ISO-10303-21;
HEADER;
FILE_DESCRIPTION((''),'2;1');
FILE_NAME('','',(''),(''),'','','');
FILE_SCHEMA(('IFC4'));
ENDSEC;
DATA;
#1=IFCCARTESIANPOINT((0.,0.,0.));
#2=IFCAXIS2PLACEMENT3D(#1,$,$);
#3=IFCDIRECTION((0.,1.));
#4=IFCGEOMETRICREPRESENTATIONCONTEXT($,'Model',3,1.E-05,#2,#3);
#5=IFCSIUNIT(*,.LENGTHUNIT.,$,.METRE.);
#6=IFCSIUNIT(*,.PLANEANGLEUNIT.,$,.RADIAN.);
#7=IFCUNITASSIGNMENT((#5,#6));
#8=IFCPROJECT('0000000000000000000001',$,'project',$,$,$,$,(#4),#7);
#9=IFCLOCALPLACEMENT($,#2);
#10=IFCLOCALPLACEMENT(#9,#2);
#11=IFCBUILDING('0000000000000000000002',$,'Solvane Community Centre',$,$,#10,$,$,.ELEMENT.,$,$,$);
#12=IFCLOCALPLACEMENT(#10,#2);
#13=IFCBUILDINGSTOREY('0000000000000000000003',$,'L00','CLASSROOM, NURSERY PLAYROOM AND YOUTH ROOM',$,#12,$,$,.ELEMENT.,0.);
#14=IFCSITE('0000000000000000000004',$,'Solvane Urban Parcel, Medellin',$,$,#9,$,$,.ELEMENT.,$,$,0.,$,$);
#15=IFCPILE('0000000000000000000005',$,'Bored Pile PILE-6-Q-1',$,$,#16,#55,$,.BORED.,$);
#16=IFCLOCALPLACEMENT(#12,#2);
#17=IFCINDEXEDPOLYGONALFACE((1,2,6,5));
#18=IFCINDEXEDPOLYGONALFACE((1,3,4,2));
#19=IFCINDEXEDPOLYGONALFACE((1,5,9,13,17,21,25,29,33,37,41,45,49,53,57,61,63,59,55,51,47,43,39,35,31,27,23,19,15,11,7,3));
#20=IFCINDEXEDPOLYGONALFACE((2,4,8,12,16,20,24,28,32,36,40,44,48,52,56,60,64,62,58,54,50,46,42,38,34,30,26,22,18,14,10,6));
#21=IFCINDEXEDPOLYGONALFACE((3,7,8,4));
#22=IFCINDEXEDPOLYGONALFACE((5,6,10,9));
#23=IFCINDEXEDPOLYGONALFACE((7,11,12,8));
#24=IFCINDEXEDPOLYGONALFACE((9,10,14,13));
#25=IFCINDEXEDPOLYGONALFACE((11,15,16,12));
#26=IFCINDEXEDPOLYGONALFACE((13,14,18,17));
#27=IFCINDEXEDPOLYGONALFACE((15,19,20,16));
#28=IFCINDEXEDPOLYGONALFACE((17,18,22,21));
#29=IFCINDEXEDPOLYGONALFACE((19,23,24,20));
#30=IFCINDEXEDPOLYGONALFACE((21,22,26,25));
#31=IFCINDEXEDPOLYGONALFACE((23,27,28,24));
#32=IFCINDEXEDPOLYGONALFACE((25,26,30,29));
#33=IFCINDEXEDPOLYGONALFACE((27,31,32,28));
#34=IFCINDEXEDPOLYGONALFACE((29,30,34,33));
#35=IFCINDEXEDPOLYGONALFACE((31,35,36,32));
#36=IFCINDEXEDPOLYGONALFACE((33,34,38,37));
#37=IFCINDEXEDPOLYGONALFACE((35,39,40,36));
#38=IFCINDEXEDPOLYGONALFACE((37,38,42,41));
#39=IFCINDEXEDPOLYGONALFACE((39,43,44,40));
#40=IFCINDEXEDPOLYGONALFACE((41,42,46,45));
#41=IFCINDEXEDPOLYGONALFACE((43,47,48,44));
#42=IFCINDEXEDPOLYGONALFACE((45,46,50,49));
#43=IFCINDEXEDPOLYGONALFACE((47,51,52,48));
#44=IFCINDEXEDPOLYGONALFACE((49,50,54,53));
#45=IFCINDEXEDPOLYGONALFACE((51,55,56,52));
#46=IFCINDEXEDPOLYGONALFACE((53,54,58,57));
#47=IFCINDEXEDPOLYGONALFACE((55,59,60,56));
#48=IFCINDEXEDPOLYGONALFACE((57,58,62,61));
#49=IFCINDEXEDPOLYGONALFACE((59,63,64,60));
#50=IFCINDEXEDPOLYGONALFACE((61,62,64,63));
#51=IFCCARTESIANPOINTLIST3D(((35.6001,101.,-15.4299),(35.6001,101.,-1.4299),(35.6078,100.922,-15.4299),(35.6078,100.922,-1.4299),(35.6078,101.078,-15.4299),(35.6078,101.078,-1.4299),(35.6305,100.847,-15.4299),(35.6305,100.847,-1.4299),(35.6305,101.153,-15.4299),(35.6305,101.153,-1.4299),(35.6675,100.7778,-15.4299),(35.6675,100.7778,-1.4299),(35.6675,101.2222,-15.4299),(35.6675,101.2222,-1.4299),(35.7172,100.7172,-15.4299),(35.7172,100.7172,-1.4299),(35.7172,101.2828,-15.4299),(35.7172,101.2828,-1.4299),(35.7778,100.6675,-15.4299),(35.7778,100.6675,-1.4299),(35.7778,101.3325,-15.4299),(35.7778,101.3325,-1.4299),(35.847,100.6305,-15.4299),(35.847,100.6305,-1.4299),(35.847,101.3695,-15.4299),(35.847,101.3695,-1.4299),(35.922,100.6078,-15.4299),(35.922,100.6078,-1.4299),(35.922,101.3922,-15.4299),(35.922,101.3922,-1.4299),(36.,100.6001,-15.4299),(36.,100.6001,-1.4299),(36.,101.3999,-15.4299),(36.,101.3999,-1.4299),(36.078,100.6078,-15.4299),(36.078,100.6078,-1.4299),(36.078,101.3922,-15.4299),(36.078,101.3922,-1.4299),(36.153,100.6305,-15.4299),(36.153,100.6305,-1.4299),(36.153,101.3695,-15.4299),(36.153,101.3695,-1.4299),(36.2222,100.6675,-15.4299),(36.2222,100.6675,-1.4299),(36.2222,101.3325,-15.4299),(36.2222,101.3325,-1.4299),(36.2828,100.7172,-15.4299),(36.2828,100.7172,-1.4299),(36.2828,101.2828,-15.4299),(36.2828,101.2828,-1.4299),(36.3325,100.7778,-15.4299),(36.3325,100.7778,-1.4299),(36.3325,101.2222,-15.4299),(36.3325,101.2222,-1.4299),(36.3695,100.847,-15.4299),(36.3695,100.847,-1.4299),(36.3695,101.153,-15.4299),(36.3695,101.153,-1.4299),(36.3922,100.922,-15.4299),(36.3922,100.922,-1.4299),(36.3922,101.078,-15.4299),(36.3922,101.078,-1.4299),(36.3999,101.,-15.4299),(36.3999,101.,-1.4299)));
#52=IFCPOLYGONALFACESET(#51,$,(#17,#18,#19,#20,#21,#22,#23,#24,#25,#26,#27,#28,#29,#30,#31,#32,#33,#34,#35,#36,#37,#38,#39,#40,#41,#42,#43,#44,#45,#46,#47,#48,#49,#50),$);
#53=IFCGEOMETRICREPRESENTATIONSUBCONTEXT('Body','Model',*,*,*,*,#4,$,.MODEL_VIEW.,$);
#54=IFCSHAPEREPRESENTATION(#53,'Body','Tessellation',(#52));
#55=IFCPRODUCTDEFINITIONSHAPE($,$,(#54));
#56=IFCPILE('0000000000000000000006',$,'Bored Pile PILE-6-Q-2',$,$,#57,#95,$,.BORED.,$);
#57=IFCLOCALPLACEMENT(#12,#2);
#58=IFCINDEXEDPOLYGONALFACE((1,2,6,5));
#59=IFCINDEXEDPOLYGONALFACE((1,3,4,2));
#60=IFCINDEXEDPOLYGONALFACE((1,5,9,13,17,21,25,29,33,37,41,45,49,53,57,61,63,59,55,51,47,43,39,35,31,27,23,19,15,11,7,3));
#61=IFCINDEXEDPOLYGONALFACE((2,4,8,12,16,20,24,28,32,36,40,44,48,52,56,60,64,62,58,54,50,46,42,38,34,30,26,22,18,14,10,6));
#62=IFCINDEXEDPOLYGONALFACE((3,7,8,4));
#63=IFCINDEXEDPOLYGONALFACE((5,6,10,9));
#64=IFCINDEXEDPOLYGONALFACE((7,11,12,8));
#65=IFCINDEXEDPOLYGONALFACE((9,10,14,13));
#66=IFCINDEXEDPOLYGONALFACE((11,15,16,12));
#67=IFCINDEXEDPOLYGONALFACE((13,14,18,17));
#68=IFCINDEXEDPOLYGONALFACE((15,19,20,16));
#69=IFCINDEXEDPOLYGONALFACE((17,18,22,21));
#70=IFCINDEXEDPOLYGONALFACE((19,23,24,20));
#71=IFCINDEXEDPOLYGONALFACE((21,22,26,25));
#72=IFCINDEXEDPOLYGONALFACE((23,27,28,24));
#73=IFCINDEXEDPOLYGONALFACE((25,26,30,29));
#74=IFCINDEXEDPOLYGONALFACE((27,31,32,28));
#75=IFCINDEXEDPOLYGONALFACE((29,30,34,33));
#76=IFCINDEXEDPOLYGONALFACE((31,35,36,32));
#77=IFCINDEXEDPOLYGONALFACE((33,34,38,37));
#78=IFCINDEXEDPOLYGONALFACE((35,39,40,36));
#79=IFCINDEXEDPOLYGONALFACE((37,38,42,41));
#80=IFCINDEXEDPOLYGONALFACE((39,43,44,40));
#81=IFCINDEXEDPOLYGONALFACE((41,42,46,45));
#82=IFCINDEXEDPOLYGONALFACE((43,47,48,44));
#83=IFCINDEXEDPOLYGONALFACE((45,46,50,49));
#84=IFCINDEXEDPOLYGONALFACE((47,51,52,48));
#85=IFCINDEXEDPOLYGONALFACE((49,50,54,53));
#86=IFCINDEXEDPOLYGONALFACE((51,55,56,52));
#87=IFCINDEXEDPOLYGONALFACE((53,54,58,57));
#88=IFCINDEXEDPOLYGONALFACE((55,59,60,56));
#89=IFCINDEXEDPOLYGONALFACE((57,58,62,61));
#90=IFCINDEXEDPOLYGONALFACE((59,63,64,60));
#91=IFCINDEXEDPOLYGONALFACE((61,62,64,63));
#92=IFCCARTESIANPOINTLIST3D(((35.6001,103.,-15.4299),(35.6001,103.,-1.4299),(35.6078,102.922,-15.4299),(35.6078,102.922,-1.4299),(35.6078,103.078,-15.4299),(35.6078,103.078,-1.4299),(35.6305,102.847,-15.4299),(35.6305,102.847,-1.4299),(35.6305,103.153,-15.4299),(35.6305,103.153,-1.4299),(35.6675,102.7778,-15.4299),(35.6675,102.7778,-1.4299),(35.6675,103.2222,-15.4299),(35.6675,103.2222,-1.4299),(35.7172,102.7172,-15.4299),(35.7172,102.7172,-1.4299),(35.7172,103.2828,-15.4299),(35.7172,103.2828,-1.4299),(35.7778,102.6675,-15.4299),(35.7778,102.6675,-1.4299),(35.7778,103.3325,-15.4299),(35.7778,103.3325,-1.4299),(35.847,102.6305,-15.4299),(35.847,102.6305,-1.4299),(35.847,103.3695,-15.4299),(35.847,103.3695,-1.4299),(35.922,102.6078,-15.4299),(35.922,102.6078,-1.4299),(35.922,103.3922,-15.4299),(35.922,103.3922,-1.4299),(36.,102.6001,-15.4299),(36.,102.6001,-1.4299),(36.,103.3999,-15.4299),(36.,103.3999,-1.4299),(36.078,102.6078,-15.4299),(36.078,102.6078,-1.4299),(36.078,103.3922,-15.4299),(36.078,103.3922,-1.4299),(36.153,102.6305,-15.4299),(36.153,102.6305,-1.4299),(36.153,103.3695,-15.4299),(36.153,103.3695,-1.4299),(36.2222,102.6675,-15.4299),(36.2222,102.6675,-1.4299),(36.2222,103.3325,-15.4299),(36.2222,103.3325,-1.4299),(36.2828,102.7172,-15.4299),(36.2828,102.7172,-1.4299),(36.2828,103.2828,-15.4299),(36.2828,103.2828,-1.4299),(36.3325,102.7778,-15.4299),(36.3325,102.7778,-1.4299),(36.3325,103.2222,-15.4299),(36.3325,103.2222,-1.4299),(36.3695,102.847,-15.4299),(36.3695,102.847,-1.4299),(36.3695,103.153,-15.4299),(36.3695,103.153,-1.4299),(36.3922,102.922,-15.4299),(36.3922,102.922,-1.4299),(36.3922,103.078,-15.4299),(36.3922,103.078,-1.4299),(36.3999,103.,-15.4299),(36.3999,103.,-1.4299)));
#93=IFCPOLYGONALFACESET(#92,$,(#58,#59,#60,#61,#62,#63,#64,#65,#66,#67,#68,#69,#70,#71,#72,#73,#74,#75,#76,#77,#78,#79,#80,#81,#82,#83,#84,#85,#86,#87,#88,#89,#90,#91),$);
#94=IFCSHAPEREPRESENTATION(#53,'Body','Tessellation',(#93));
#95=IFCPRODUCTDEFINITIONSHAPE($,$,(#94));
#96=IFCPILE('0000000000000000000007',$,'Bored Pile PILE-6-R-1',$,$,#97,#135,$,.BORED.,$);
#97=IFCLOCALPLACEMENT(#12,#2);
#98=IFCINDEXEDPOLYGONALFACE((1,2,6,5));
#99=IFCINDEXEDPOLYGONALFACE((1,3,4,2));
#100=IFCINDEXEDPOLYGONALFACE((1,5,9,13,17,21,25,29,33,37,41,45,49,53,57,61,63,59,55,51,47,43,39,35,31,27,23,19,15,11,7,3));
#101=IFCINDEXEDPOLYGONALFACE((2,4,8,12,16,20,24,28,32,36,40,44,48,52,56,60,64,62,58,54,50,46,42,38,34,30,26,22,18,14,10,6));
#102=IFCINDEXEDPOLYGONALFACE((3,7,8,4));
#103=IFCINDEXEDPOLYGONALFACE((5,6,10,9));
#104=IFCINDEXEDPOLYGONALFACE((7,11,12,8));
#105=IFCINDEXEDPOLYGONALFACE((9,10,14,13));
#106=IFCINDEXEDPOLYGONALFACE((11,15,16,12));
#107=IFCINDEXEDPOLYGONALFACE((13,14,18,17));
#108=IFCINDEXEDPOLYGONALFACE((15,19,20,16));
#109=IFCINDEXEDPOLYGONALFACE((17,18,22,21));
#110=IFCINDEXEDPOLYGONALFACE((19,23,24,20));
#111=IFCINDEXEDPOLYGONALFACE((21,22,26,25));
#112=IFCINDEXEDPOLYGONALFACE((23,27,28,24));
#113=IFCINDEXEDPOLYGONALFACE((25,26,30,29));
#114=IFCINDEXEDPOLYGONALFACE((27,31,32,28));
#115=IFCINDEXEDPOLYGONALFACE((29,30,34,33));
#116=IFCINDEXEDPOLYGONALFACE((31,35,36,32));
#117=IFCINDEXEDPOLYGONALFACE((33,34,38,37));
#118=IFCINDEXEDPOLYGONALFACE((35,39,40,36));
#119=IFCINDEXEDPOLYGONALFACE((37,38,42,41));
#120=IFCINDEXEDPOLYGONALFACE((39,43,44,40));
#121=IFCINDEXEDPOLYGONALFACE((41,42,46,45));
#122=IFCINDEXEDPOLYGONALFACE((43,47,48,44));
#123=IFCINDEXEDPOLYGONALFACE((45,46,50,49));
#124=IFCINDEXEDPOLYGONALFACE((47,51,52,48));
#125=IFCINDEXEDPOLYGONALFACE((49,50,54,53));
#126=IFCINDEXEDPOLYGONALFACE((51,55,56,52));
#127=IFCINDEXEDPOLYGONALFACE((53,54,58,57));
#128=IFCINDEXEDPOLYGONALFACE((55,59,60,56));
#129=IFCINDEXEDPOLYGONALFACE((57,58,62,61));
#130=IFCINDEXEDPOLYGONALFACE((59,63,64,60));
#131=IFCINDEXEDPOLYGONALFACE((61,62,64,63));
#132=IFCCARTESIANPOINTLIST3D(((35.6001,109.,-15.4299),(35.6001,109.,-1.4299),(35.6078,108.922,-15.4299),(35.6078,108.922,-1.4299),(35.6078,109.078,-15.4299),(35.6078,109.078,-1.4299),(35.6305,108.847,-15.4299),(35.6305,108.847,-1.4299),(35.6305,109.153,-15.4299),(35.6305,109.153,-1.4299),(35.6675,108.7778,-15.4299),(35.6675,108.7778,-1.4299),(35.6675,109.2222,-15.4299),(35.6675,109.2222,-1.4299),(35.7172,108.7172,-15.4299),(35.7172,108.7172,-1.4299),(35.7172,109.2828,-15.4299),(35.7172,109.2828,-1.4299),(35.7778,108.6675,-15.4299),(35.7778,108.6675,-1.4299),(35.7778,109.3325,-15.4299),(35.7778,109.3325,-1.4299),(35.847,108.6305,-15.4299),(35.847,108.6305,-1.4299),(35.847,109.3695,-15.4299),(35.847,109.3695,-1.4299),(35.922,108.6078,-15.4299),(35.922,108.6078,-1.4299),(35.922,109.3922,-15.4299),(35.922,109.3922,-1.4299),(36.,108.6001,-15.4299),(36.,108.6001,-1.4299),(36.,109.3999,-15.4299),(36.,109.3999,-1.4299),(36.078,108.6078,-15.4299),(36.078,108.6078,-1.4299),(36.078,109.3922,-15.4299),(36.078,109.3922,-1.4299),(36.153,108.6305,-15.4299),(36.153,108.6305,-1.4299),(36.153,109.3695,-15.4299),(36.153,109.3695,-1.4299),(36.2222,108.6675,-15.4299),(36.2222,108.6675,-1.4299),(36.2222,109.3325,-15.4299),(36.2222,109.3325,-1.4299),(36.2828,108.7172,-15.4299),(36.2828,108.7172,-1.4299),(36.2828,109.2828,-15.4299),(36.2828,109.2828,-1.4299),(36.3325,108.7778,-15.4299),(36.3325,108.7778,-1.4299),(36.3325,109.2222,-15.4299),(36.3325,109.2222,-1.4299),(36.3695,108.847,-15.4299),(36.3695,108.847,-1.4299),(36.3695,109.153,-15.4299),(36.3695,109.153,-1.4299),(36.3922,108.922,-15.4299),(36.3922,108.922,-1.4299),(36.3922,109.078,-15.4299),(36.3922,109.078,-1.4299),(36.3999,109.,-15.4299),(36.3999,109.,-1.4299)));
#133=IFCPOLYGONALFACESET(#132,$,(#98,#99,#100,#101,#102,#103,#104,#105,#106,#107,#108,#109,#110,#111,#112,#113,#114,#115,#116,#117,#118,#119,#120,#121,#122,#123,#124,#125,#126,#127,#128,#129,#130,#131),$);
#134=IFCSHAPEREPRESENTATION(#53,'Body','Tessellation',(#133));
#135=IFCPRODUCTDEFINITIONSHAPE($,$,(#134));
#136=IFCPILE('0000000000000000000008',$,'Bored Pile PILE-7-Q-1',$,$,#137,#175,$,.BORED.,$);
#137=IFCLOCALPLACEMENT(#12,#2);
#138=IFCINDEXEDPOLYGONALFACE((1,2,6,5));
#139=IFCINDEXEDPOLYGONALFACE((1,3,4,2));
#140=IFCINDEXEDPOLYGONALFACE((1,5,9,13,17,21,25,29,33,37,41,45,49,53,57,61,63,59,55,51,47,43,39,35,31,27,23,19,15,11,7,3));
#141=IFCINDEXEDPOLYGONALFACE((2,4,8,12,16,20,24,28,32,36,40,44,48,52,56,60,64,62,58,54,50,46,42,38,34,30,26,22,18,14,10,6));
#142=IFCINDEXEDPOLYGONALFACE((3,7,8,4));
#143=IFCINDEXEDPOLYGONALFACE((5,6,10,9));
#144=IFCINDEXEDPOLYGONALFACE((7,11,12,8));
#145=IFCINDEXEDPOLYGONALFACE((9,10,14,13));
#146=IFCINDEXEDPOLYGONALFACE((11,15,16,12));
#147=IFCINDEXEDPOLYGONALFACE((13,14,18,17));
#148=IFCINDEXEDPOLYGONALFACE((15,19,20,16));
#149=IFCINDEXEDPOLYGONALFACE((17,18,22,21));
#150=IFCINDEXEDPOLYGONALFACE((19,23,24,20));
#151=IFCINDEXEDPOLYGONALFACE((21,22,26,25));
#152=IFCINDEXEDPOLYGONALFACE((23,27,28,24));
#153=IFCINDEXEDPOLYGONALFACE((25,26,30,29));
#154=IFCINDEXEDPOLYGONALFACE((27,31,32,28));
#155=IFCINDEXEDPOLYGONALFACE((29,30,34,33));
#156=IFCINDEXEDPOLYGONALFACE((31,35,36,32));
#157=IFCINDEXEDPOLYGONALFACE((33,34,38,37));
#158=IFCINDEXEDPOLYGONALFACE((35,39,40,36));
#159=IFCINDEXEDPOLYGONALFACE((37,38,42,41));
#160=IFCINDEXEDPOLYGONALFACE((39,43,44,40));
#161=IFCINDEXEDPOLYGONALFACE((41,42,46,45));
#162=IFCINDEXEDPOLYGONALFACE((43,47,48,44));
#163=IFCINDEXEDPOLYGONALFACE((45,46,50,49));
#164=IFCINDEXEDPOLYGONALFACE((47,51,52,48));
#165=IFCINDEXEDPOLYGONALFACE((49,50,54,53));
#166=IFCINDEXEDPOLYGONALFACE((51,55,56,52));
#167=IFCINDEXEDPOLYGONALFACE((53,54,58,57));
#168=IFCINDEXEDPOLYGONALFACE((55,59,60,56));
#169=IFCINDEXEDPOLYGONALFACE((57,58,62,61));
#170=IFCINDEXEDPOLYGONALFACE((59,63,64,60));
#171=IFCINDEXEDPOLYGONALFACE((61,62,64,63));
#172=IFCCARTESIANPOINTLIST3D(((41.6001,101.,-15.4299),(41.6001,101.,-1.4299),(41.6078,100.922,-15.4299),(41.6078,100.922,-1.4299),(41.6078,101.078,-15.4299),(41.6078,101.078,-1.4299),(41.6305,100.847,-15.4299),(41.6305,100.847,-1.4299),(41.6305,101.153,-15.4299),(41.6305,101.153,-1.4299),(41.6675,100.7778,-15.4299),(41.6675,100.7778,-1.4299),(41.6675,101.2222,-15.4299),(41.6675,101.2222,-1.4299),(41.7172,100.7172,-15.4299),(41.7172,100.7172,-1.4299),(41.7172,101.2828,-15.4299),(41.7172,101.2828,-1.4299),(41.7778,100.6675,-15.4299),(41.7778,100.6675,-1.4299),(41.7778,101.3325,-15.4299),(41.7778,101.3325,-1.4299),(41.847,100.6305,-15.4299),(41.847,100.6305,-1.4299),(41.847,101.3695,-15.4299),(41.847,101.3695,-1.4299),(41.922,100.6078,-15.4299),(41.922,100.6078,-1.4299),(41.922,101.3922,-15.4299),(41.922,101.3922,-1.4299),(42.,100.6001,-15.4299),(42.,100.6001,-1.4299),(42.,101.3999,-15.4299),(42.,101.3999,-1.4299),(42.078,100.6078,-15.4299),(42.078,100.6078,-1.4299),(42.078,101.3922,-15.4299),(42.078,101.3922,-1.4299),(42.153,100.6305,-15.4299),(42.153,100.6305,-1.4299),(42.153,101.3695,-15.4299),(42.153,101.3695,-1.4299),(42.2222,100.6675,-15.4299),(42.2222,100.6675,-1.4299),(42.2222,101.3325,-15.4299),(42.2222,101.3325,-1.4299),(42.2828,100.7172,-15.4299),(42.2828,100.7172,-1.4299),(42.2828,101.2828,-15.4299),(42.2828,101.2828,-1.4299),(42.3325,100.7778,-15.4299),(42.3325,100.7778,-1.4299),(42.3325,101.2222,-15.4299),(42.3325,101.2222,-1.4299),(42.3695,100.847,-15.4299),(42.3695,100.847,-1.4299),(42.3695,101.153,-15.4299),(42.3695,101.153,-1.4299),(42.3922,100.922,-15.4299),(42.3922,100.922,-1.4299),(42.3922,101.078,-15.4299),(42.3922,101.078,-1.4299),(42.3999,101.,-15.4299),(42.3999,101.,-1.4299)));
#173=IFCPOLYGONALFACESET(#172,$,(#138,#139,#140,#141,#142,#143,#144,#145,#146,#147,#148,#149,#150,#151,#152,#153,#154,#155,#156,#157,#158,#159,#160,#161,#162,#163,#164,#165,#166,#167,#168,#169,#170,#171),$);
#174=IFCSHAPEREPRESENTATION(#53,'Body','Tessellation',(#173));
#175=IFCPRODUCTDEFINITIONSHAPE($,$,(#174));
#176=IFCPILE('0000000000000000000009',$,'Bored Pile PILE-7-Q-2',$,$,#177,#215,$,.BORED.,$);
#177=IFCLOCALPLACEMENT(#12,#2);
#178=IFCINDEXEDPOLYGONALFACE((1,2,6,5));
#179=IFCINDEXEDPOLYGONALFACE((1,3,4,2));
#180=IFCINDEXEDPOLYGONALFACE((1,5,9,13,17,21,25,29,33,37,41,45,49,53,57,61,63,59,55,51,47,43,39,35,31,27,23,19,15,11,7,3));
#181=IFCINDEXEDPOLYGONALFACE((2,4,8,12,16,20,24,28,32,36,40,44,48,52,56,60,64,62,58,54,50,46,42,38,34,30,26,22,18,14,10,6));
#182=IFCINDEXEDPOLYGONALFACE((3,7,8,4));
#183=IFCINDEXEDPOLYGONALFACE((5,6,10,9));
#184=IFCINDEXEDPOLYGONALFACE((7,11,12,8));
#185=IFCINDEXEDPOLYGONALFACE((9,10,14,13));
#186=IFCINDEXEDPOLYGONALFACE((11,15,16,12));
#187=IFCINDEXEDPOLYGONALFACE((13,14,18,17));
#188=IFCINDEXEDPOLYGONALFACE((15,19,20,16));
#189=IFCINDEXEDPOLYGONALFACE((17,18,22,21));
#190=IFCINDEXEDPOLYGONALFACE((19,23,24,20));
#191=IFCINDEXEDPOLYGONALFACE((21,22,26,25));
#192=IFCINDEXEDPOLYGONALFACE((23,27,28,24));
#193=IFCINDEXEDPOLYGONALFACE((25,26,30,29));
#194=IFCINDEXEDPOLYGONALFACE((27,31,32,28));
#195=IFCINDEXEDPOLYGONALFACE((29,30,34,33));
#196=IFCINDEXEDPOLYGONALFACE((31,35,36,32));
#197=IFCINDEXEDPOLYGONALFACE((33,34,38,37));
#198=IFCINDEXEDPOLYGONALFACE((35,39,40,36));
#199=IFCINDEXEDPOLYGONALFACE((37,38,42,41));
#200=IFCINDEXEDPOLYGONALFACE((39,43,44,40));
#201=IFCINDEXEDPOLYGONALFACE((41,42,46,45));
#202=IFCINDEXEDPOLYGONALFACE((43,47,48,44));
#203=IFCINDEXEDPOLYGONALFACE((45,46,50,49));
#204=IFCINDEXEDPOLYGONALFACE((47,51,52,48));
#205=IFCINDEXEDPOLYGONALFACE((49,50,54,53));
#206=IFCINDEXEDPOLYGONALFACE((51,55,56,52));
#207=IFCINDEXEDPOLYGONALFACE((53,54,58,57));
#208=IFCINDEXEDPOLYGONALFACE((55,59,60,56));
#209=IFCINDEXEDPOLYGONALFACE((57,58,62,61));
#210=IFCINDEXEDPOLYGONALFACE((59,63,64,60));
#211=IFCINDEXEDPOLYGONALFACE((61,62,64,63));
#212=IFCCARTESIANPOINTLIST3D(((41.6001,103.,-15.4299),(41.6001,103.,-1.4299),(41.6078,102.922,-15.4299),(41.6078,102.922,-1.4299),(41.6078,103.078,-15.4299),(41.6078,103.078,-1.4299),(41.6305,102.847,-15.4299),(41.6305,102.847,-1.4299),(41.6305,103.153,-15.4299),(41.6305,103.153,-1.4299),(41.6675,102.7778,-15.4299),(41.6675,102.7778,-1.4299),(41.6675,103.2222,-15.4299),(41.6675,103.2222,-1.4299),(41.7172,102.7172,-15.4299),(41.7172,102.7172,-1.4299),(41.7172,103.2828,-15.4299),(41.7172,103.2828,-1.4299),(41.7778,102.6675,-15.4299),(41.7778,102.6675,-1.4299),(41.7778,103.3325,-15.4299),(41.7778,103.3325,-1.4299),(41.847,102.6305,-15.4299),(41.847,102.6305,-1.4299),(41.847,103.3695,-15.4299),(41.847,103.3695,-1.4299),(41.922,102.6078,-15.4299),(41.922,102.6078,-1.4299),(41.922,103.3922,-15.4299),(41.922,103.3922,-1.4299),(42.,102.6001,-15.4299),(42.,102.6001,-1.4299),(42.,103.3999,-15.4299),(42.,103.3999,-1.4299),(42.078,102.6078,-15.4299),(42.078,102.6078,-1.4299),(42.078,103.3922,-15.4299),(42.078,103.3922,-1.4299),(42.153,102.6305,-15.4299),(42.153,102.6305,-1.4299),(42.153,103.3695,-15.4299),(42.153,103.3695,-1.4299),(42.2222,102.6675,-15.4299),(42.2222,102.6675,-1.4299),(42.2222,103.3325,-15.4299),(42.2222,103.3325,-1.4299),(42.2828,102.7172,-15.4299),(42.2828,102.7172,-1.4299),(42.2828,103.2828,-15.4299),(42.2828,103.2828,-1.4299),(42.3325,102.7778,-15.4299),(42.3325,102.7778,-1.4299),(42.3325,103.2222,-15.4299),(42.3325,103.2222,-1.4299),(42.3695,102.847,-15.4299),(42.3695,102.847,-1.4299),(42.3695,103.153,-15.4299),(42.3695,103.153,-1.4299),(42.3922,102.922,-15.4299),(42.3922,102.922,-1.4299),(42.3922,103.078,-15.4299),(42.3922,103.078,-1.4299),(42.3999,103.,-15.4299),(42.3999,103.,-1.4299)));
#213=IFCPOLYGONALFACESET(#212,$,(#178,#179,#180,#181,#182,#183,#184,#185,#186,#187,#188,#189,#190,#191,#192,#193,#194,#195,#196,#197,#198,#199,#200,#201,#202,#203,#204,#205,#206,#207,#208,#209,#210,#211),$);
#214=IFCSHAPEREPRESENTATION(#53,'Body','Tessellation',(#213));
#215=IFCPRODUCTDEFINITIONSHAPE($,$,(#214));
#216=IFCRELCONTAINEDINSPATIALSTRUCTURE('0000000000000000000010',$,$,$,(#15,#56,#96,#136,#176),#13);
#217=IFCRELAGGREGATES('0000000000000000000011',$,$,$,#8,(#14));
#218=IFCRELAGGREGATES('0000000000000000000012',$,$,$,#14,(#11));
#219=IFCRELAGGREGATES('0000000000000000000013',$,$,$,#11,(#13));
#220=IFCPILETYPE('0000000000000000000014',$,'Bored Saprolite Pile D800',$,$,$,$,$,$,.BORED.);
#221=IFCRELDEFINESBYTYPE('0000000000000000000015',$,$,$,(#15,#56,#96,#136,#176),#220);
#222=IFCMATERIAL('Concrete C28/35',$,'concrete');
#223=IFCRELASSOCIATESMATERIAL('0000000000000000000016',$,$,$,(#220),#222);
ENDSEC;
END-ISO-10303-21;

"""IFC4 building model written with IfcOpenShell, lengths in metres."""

from ifc_helpers import new_model, si_unit, direction, frame, origin, origin_2d, place, context, subcontext, project, spatial, circle, extrude, material, material_profile, profile_set, type_object, element, save


model = new_model("IFC4")

# Units and contexts
model_context = context("Model", 3, precision=1e-05, world=origin(), true_north=direction((0.0, 1.0)))
body_context = subcontext(model_context, "Body", "Model", "MODEL_VIEW")
ifc_project = project(units=[si_unit("LENGTHUNIT", "METRE"), si_unit("PLANEANGLEUNIT", "RADIAN")], contexts=[model_context])

# Site, building, storey
site_placement = place(None, origin())
site = spatial("IfcSite", under=ifc_project, at=site_placement, Name="Solvane Urban Parcel, Medellin", CompositionType="ELEMENT", RefElevation=0.0)
building_placement = place(site_placement, origin())
building = spatial("IfcBuilding", under=site, at=building_placement, Name="Solvane Community Centre", CompositionType="ELEMENT")
storey_placement = place(building_placement, origin())
storey = spatial("IfcBuildingStorey", under=building, at=storey_placement, Name="L00", Description="CLASSROOM, NURSERY PLAYROOM AND YOUTH ROOM", CompositionType="ELEMENT", Elevation=0.0)

# Piles
ifc_material_1 = material(Name="Concrete C28/35", Category="concrete")
ifc_material_profile_1 = material_profile(ifc_material_1, circle(Radius=0.3999, at=origin_2d()), Name="PILE D800")
ifc_profile_set_1 = profile_set([ifc_material_profile_1], Name="Concrete C28/35")
pile_type = type_object("IfcPileType", Name="Bored Saprolite Pile D800", PredefinedType="BORED", material=ifc_profile_set_1)
for number, where, z_axis, x_axis, name in (
    (1, (36.0, 101.0, -1.4299), (0.0, 0.0, -1.0), (1.0, 0.0, 0.0), "Bored Pile PILE-6-Q-1"),
    (2, (36.0, 103.0, -1.4299), (0.0, 0.0, -1.0), (1.0, 0.0, 0.0), "Bored Pile PILE-6-Q-2"),
    (3, (36.0, 109.0, -1.4299), (0.0, 0.0, -1.0), (1.0, 0.0, 0.0), "Bored Pile PILE-6-R-1"),
    (4, (42.0, 101.0, -1.4299), (0.0, 0.0, -1.0), (1.0, 0.0, 0.0), "Bored Pile PILE-7-Q-1"),
    (5, (42.0, 103.0, -1.4299), (0.0, 0.0, -1.0), (1.0, 0.0, 0.0), "Bored Pile PILE-7-Q-2"),
):
    element("IfcPile", number, at=place(storey_placement, frame(where, z_axis=z_axis, x_axis=x_axis)), inside=storey, type_object=pile_type, Name=name, PredefinedType="BORED", context=body_context, shape_type="SweptSolid", body=[
        extrude(circle(Radius=0.3999, at=origin_2d()), origin(), (0.0, 0.0, 1.0), 14.0),
    ])

save(model, "model.ifc")
